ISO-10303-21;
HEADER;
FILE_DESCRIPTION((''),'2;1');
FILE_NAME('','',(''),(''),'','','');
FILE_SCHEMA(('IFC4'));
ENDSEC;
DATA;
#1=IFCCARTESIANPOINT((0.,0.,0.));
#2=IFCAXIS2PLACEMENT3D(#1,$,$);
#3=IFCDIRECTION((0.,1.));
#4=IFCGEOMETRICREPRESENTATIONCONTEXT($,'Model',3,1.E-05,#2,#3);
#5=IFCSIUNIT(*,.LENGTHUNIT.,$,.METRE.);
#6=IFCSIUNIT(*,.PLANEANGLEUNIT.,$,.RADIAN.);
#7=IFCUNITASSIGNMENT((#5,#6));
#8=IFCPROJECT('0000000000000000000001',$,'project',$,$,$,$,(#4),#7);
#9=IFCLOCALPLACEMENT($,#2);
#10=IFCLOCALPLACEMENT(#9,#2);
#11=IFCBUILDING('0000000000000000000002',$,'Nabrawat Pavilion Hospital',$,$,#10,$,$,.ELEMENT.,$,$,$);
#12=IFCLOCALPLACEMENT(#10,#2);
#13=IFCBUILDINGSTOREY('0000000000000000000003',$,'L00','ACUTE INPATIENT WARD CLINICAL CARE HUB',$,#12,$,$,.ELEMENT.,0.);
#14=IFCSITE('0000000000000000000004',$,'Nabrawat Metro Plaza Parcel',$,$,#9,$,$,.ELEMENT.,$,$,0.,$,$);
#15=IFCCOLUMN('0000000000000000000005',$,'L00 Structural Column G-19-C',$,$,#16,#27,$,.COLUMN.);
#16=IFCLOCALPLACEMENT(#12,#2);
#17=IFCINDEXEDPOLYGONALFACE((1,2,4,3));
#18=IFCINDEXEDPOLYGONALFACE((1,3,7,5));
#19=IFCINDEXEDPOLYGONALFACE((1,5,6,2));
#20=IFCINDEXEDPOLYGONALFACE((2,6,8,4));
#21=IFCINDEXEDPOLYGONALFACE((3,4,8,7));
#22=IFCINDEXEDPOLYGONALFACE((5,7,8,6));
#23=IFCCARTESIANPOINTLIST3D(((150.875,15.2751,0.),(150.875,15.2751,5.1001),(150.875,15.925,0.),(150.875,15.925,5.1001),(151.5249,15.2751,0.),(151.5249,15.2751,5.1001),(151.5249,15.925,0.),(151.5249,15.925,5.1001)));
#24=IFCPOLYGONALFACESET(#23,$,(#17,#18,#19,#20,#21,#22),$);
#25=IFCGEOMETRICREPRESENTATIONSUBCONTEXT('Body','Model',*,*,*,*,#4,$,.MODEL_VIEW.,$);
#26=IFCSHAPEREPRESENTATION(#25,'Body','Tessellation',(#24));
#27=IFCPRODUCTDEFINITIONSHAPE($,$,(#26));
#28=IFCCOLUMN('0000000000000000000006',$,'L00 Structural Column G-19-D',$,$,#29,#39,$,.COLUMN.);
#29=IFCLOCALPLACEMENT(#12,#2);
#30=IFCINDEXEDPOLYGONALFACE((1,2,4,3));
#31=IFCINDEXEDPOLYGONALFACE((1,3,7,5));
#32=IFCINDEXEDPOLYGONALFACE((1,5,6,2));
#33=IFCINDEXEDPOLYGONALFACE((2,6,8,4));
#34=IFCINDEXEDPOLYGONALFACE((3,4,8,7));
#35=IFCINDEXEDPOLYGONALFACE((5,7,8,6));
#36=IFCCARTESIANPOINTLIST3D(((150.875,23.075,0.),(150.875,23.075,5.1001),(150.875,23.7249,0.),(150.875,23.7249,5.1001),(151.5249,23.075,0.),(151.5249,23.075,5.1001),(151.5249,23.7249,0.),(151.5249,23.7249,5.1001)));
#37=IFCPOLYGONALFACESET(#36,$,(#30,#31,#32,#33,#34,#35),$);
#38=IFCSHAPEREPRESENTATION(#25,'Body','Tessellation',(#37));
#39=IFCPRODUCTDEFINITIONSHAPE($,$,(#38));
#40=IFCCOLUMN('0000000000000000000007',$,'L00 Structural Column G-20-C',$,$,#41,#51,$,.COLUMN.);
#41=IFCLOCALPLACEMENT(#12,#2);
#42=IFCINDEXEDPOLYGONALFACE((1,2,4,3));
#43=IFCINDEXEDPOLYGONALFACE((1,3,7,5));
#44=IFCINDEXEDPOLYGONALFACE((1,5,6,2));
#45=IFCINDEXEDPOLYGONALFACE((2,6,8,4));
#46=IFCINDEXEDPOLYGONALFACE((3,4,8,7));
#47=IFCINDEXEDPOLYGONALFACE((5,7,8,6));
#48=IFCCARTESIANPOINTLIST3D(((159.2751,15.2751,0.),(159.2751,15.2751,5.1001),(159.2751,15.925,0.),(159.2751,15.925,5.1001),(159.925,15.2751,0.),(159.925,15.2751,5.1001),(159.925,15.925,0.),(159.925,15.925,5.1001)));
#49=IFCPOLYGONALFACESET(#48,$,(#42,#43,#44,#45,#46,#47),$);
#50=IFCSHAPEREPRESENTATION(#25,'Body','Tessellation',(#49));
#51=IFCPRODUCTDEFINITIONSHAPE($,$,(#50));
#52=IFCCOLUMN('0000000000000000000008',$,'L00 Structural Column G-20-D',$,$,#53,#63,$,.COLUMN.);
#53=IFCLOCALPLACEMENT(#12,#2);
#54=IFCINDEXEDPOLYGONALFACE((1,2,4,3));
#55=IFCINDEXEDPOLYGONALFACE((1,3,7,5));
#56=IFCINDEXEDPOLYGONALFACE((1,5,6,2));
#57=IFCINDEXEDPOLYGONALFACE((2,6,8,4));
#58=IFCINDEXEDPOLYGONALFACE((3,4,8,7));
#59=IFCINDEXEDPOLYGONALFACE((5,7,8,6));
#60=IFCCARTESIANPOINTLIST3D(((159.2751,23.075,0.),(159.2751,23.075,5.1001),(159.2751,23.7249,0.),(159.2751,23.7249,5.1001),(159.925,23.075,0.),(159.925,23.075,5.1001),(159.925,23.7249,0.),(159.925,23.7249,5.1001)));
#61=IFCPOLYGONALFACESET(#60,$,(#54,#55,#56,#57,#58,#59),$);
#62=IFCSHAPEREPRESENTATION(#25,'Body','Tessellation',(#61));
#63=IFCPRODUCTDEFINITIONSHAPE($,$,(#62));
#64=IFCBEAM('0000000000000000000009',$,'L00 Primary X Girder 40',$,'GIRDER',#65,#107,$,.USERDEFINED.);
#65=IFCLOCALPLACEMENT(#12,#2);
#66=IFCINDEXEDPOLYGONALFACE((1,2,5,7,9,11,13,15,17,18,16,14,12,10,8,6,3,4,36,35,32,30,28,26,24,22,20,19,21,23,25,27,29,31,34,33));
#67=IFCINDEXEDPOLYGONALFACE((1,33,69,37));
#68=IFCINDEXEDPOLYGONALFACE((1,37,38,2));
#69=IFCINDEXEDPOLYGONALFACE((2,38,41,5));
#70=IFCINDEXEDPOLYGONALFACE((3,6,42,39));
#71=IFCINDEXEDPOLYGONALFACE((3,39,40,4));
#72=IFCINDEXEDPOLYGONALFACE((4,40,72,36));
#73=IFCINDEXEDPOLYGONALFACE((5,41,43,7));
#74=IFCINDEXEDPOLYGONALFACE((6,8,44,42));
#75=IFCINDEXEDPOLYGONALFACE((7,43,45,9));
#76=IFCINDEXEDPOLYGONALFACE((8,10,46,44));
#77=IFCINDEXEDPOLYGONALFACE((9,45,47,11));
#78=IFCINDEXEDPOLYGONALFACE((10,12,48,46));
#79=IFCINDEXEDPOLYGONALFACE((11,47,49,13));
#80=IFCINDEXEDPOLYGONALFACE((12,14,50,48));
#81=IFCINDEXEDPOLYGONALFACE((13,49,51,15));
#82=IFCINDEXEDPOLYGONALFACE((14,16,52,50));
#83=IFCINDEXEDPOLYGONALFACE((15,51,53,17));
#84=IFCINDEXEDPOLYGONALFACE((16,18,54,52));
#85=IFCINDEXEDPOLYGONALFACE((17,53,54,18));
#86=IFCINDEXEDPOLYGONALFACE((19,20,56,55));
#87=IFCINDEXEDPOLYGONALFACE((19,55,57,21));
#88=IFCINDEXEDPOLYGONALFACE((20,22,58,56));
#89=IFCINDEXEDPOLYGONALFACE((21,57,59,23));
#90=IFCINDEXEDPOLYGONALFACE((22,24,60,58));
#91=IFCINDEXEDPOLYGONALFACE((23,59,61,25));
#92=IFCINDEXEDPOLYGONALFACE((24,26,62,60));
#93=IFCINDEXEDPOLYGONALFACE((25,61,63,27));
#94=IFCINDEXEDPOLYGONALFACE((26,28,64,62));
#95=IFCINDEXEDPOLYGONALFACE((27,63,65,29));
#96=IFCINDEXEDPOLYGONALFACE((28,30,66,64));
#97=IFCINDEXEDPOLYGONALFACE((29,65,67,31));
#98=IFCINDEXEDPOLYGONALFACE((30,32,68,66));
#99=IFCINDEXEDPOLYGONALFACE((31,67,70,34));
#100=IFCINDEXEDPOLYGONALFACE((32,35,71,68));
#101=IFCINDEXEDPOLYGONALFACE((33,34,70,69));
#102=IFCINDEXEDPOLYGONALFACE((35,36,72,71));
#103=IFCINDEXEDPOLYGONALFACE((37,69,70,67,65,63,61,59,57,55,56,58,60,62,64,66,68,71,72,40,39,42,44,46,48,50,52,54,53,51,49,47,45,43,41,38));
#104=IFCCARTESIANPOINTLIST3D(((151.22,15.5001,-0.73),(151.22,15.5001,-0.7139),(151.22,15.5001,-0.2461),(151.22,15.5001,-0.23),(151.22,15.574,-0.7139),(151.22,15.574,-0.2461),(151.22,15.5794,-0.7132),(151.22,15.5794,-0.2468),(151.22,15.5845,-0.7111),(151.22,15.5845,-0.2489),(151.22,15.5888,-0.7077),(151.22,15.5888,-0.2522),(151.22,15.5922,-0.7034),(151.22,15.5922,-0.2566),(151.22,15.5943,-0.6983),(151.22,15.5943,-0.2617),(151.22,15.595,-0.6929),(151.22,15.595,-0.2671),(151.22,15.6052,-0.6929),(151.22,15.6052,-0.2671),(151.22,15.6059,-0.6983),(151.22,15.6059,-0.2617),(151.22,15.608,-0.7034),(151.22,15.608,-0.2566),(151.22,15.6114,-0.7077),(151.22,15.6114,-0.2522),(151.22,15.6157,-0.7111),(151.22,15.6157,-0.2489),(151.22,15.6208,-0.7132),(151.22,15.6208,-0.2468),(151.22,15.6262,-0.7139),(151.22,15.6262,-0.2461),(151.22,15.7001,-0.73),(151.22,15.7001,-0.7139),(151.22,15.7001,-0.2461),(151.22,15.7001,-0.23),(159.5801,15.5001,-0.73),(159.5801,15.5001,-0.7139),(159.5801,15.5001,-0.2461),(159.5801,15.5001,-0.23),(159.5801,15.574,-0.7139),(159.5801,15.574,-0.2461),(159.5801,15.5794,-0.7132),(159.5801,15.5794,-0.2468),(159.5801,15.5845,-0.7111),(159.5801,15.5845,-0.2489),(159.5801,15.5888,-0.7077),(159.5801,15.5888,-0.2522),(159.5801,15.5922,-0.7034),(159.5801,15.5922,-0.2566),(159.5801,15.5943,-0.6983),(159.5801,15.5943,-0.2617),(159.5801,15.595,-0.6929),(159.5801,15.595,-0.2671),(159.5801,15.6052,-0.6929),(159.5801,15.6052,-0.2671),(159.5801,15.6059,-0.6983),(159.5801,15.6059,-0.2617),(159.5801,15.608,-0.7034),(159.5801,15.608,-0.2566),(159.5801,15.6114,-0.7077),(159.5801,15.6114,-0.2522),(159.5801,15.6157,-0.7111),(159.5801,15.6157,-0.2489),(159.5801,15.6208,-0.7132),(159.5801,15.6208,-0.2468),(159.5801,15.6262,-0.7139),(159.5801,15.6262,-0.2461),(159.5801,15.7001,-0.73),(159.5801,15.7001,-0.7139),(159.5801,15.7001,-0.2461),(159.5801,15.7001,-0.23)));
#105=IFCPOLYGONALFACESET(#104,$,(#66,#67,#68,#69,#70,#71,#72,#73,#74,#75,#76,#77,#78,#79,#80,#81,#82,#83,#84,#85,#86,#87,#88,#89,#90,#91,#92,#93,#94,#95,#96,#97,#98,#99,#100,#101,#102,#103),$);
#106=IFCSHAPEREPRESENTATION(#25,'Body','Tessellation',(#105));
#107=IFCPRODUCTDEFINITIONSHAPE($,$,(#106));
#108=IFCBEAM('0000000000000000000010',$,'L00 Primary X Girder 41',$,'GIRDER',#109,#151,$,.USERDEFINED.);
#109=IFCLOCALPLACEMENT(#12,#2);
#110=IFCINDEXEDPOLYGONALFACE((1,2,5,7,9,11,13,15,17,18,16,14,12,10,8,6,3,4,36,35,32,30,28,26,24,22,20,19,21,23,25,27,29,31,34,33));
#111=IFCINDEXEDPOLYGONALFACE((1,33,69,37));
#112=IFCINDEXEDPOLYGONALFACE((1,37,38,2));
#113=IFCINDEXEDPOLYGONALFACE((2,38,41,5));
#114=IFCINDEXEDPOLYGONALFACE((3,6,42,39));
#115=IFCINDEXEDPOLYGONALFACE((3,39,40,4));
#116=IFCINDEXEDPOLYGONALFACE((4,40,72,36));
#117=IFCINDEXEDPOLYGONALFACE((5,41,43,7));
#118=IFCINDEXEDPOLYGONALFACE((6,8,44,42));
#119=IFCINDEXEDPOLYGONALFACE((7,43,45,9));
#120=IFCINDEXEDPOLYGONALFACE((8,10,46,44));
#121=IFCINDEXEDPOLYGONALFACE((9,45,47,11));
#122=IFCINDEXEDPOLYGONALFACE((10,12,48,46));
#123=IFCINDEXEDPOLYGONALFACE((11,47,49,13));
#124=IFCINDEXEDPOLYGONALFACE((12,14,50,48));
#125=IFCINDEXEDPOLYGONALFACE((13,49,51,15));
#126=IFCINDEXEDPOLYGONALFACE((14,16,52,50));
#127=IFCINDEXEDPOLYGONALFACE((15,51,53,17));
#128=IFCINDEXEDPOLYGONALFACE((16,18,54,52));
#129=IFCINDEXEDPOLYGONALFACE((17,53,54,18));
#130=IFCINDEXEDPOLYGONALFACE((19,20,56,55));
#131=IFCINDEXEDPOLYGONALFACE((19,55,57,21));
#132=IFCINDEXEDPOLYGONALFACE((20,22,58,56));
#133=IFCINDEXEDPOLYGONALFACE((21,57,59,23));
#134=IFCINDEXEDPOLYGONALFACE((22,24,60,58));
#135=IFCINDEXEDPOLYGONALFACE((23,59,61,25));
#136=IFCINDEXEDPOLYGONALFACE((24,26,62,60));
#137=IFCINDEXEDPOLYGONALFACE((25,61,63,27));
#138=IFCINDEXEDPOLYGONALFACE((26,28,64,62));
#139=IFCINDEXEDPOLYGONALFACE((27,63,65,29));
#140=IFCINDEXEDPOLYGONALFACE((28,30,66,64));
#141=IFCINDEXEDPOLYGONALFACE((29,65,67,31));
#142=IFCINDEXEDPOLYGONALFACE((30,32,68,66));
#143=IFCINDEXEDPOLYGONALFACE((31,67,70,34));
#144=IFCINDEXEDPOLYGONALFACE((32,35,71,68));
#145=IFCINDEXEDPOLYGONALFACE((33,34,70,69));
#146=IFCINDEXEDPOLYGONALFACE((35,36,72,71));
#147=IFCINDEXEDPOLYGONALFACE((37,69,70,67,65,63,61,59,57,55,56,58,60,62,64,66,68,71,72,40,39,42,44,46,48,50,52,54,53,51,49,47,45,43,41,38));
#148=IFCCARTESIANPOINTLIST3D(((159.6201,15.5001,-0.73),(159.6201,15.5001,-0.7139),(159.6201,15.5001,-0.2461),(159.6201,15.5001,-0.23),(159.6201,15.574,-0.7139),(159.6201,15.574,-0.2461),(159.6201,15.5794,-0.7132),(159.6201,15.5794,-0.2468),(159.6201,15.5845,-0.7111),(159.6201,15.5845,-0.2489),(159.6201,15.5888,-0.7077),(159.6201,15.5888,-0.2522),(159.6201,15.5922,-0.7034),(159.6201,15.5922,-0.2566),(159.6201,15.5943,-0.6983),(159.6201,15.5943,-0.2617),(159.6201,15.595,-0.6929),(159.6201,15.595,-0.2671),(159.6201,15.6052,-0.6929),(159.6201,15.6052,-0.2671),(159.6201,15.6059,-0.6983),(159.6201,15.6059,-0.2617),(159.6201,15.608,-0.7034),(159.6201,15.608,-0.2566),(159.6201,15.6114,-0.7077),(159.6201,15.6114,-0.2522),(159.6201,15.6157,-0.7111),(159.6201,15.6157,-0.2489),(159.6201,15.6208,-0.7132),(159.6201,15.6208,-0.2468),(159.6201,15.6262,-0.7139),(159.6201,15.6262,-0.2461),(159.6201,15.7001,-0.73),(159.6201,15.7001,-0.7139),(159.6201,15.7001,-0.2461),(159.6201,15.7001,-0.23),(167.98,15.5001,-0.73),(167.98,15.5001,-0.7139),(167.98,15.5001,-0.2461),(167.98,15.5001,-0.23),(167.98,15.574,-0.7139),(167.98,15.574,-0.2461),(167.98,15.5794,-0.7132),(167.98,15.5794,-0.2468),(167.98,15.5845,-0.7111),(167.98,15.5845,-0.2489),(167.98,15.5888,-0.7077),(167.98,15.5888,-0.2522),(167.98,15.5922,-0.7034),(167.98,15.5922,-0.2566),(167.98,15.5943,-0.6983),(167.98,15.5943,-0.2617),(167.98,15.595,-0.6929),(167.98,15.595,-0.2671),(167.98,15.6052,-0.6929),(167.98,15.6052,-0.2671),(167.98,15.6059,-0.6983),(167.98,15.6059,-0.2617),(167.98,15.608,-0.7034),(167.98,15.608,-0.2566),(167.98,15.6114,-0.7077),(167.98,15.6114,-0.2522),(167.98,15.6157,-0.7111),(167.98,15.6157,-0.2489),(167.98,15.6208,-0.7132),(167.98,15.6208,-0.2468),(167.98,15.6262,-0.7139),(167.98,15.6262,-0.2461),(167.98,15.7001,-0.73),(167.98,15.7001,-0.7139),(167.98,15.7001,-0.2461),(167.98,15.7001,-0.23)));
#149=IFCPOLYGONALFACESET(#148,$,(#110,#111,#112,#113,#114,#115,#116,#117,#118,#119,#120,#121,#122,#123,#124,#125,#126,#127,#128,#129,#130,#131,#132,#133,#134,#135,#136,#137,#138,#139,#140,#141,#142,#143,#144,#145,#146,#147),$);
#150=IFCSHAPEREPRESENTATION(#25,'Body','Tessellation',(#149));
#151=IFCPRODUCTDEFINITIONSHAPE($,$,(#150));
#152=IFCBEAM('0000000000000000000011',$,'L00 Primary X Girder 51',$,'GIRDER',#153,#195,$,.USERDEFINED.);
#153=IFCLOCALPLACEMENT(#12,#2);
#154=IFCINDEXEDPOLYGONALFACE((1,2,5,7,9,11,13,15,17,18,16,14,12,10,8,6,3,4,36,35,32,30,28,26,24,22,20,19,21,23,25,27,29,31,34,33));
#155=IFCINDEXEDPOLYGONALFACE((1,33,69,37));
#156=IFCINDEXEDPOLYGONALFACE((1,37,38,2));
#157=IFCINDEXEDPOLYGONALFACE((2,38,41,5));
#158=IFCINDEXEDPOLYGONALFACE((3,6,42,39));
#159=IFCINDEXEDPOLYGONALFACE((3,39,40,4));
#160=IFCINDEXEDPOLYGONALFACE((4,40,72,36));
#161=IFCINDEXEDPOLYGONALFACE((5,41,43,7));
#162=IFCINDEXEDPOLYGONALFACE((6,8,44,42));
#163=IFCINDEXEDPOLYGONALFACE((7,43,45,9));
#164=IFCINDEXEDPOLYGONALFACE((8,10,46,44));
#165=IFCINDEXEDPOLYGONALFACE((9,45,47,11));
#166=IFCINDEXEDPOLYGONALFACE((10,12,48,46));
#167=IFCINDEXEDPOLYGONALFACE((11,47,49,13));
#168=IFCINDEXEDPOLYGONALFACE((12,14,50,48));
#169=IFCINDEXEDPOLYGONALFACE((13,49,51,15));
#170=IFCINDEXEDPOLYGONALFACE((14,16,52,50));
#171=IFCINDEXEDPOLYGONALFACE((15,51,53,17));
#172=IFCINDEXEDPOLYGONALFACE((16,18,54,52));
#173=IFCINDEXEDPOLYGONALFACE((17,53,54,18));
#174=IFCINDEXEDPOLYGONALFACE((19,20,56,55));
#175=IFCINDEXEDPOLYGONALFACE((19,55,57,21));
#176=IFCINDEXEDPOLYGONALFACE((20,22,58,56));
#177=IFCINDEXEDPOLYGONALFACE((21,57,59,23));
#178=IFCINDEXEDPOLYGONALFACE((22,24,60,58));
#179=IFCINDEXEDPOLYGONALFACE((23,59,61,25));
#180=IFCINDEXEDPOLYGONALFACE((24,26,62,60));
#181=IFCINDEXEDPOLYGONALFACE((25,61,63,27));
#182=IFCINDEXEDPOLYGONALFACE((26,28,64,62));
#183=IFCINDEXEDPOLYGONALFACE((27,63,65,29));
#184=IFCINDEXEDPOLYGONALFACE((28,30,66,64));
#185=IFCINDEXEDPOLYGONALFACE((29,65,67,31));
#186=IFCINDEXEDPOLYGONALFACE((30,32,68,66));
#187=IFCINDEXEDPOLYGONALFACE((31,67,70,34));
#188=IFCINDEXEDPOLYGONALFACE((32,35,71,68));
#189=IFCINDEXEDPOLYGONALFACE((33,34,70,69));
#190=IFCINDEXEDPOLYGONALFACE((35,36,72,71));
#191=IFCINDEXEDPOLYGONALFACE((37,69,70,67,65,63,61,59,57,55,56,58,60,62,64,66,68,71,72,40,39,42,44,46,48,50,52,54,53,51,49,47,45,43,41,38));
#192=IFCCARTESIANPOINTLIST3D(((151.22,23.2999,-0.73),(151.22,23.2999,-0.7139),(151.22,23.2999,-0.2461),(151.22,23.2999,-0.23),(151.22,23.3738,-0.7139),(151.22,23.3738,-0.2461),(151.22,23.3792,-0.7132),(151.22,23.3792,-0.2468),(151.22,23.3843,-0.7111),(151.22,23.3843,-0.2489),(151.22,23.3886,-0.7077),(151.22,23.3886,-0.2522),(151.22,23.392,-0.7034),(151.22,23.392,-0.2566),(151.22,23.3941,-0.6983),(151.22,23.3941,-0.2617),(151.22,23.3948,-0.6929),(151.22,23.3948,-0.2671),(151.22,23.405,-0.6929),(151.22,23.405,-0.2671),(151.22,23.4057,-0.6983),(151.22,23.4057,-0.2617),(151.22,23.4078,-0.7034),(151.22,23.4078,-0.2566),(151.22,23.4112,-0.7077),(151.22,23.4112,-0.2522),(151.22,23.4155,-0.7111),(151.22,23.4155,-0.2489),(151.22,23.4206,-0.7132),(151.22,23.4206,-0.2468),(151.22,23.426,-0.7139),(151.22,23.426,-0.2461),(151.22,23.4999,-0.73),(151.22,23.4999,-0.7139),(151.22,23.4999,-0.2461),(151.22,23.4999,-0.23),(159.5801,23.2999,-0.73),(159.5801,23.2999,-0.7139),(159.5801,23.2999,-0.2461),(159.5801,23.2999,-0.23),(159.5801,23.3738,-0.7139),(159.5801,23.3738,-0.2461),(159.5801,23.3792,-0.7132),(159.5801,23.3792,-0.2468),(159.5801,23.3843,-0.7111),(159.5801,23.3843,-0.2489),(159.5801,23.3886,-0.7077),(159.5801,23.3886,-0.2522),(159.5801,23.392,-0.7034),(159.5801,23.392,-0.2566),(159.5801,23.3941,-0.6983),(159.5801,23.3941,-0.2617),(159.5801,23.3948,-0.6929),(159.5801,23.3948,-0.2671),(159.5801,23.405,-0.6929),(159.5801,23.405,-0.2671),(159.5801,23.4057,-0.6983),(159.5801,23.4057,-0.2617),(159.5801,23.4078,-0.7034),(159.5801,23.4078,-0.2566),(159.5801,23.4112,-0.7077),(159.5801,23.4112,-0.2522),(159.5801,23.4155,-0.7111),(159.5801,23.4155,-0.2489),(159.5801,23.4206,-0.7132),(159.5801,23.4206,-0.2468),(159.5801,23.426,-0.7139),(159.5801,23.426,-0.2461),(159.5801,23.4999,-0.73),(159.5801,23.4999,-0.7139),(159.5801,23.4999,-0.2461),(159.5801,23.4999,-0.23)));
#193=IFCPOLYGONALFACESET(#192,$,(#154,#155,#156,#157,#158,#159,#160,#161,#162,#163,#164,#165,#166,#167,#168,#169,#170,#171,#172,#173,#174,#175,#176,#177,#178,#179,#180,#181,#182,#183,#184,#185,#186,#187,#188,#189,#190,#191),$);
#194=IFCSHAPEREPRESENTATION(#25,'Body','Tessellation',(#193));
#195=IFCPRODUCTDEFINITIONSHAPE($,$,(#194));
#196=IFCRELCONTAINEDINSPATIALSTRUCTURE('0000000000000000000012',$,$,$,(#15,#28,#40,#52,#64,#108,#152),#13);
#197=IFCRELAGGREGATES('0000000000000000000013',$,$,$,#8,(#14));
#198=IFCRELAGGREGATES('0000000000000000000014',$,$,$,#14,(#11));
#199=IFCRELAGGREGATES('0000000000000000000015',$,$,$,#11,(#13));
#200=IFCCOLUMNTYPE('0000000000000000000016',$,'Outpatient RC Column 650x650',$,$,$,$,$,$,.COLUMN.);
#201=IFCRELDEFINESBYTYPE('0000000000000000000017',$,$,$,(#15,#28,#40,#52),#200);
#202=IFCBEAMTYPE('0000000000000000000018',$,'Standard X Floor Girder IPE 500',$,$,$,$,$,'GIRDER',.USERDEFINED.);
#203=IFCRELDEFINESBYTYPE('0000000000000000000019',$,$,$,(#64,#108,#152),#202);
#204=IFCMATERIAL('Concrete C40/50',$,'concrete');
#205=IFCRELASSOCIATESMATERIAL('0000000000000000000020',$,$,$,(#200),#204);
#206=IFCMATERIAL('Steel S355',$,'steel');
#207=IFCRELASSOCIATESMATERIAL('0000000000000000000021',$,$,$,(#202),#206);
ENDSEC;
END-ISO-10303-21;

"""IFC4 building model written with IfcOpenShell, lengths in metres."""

from ifc_helpers import new_model, si_unit, direction, frame, origin, origin_2d, place, context, subcontext, project, spatial, rectangle, i_section, extrude, material, material_profile, profile_set, type_object, element, save


model = new_model("IFC4")

# Units and contexts
model_context = context("Model", 3, precision=1e-05, world=origin(), true_north=direction((0.0, 1.0)))
body_context = subcontext(model_context, "Body", "Model", "MODEL_VIEW")
ifc_project = project(units=[si_unit("LENGTHUNIT", "METRE"), si_unit("PLANEANGLEUNIT", "RADIAN")], contexts=[model_context])

# Site, building, storey
site_placement = place(None, origin())
site = spatial("IfcSite", under=ifc_project, at=site_placement, Name="Nabrawat Metro Plaza Parcel", CompositionType="ELEMENT", RefElevation=0.0)
building_placement = place(site_placement, origin())
building = spatial("IfcBuilding", under=site, at=building_placement, Name="Nabrawat Pavilion Hospital", CompositionType="ELEMENT")
storey_placement = place(building_placement, origin())
storey = spatial("IfcBuildingStorey", under=building, at=storey_placement, Name="L00", Description="ACUTE INPATIENT WARD CLINICAL CARE HUB", CompositionType="ELEMENT", Elevation=0.0)

# Columns
ifc_material_1 = material(Name="Concrete C40/50", Category="concrete")
ifc_material_profile_1 = material_profile(ifc_material_1, rectangle(XDim=0.6499, YDim=0.6499, at=origin_2d()), Name="RC 650x650")
ifc_profile_set_1 = profile_set([ifc_material_profile_1], Name="Concrete C40/50")
column_type = type_object("IfcColumnType", Name="Outpatient RC Column 650x650", PredefinedType="COLUMN", material=ifc_profile_set_1)
for number, where, z_axis, x_axis, name in (
    (1, (151.2, 15.6001, 0.0), (0.0, 0.0, 1.0), (1.0, 0.0, 0.0), "L00 Structural Column G-19-C"),
    (2, (151.2, 23.3999, 0.0), (0.0, 0.0, 1.0), (1.0, 0.0, 0.0), "L00 Structural Column G-19-D"),
    (3, (159.6001, 15.6001, 0.0), (0.0, 0.0, 1.0), (1.0, 0.0, 0.0), "L00 Structural Column G-20-C"),
    (4, (159.6001, 23.3999, 0.0), (0.0, 0.0, 1.0), (1.0, 0.0, 0.0), "L00 Structural Column G-20-D"),
):
    element("IfcColumn", number, at=place(storey_placement, frame(where, z_axis=z_axis, x_axis=x_axis)), inside=storey, type_object=column_type, Name=name, PredefinedType="COLUMN", context=body_context, shape_type="SweptSolid", body=[
        extrude(rectangle(XDim=0.6499, YDim=0.6499, at=origin_2d()), origin(), (0.0, 0.0, 1.0), 5.1001),
    ])

# Beams
ifc_material_2 = material(Name="Steel S355", Category="steel")
ifc_material_profile_2 = material_profile(ifc_material_2, i_section(OverallWidth=0.2, OverallDepth=0.5, WebThickness=0.0103, FlangeThickness=0.0161, FilletRadius=0.021, at=origin_2d()), Name="IPE 500")
ifc_profile_set_2 = profile_set([ifc_material_profile_2], Name="Steel S355")
beam_type_1 = type_object("IfcBeamType", Name="Standard X Floor Girder IPE 500", ElementType="GIRDER", PredefinedType="USERDEFINED", material=ifc_profile_set_2)
beam_1_placement = place(storey_placement, frame((151.22, 15.6001, -0.48), z_axis=(1.0, 0.0, 0.0), x_axis=(0.0, 1.0, 0.0)))
element("IfcBeam", 5, at=beam_1_placement, inside=storey, type_object=beam_type_1, Name="L00 Primary X Girder 40", ObjectType="GIRDER", PredefinedType="USERDEFINED", context=body_context, shape_type="SweptSolid", body=[
    extrude(i_section(OverallWidth=0.2, OverallDepth=0.5, WebThickness=0.0103, FlangeThickness=0.0161, FilletRadius=0.021, at=origin_2d()), origin(), (0.0, 0.0, 1.0), 8.3601),
])
beam_2_placement = place(storey_placement, frame((159.6201, 15.6001, -0.48), z_axis=(1.0, 0.0, 0.0), x_axis=(0.0, 1.0, 0.0)))
element("IfcBeam", 6, at=beam_2_placement, inside=storey, type_object=beam_type_1, Name="L00 Primary X Girder 41", ObjectType="GIRDER", PredefinedType="USERDEFINED", context=body_context, shape_type="SweptSolid", body=[
    extrude(i_section(OverallWidth=0.2, OverallDepth=0.5, WebThickness=0.0103, FlangeThickness=0.0161, FilletRadius=0.021, at=origin_2d()), origin(), (0.0, 0.0, 1.0), 8.3599),
])
beam_3_placement = place(storey_placement, frame((151.22, 23.3999, -0.48), z_axis=(1.0, 0.0, 0.0), x_axis=(0.0, 1.0, 0.0)))
element("IfcBeam", 7, at=beam_3_placement, inside=storey, type_object=beam_type_1, Name="L00 Primary X Girder 51", ObjectType="GIRDER", PredefinedType="USERDEFINED", context=body_context, shape_type="SweptSolid", body=[
    extrude(i_section(OverallWidth=0.2, OverallDepth=0.5, WebThickness=0.0103, FlangeThickness=0.0161, FilletRadius=0.021, at=origin_2d()), origin(), (0.0, 0.0, 1.0), 8.3601),
])

save(model, "model.ifc")
